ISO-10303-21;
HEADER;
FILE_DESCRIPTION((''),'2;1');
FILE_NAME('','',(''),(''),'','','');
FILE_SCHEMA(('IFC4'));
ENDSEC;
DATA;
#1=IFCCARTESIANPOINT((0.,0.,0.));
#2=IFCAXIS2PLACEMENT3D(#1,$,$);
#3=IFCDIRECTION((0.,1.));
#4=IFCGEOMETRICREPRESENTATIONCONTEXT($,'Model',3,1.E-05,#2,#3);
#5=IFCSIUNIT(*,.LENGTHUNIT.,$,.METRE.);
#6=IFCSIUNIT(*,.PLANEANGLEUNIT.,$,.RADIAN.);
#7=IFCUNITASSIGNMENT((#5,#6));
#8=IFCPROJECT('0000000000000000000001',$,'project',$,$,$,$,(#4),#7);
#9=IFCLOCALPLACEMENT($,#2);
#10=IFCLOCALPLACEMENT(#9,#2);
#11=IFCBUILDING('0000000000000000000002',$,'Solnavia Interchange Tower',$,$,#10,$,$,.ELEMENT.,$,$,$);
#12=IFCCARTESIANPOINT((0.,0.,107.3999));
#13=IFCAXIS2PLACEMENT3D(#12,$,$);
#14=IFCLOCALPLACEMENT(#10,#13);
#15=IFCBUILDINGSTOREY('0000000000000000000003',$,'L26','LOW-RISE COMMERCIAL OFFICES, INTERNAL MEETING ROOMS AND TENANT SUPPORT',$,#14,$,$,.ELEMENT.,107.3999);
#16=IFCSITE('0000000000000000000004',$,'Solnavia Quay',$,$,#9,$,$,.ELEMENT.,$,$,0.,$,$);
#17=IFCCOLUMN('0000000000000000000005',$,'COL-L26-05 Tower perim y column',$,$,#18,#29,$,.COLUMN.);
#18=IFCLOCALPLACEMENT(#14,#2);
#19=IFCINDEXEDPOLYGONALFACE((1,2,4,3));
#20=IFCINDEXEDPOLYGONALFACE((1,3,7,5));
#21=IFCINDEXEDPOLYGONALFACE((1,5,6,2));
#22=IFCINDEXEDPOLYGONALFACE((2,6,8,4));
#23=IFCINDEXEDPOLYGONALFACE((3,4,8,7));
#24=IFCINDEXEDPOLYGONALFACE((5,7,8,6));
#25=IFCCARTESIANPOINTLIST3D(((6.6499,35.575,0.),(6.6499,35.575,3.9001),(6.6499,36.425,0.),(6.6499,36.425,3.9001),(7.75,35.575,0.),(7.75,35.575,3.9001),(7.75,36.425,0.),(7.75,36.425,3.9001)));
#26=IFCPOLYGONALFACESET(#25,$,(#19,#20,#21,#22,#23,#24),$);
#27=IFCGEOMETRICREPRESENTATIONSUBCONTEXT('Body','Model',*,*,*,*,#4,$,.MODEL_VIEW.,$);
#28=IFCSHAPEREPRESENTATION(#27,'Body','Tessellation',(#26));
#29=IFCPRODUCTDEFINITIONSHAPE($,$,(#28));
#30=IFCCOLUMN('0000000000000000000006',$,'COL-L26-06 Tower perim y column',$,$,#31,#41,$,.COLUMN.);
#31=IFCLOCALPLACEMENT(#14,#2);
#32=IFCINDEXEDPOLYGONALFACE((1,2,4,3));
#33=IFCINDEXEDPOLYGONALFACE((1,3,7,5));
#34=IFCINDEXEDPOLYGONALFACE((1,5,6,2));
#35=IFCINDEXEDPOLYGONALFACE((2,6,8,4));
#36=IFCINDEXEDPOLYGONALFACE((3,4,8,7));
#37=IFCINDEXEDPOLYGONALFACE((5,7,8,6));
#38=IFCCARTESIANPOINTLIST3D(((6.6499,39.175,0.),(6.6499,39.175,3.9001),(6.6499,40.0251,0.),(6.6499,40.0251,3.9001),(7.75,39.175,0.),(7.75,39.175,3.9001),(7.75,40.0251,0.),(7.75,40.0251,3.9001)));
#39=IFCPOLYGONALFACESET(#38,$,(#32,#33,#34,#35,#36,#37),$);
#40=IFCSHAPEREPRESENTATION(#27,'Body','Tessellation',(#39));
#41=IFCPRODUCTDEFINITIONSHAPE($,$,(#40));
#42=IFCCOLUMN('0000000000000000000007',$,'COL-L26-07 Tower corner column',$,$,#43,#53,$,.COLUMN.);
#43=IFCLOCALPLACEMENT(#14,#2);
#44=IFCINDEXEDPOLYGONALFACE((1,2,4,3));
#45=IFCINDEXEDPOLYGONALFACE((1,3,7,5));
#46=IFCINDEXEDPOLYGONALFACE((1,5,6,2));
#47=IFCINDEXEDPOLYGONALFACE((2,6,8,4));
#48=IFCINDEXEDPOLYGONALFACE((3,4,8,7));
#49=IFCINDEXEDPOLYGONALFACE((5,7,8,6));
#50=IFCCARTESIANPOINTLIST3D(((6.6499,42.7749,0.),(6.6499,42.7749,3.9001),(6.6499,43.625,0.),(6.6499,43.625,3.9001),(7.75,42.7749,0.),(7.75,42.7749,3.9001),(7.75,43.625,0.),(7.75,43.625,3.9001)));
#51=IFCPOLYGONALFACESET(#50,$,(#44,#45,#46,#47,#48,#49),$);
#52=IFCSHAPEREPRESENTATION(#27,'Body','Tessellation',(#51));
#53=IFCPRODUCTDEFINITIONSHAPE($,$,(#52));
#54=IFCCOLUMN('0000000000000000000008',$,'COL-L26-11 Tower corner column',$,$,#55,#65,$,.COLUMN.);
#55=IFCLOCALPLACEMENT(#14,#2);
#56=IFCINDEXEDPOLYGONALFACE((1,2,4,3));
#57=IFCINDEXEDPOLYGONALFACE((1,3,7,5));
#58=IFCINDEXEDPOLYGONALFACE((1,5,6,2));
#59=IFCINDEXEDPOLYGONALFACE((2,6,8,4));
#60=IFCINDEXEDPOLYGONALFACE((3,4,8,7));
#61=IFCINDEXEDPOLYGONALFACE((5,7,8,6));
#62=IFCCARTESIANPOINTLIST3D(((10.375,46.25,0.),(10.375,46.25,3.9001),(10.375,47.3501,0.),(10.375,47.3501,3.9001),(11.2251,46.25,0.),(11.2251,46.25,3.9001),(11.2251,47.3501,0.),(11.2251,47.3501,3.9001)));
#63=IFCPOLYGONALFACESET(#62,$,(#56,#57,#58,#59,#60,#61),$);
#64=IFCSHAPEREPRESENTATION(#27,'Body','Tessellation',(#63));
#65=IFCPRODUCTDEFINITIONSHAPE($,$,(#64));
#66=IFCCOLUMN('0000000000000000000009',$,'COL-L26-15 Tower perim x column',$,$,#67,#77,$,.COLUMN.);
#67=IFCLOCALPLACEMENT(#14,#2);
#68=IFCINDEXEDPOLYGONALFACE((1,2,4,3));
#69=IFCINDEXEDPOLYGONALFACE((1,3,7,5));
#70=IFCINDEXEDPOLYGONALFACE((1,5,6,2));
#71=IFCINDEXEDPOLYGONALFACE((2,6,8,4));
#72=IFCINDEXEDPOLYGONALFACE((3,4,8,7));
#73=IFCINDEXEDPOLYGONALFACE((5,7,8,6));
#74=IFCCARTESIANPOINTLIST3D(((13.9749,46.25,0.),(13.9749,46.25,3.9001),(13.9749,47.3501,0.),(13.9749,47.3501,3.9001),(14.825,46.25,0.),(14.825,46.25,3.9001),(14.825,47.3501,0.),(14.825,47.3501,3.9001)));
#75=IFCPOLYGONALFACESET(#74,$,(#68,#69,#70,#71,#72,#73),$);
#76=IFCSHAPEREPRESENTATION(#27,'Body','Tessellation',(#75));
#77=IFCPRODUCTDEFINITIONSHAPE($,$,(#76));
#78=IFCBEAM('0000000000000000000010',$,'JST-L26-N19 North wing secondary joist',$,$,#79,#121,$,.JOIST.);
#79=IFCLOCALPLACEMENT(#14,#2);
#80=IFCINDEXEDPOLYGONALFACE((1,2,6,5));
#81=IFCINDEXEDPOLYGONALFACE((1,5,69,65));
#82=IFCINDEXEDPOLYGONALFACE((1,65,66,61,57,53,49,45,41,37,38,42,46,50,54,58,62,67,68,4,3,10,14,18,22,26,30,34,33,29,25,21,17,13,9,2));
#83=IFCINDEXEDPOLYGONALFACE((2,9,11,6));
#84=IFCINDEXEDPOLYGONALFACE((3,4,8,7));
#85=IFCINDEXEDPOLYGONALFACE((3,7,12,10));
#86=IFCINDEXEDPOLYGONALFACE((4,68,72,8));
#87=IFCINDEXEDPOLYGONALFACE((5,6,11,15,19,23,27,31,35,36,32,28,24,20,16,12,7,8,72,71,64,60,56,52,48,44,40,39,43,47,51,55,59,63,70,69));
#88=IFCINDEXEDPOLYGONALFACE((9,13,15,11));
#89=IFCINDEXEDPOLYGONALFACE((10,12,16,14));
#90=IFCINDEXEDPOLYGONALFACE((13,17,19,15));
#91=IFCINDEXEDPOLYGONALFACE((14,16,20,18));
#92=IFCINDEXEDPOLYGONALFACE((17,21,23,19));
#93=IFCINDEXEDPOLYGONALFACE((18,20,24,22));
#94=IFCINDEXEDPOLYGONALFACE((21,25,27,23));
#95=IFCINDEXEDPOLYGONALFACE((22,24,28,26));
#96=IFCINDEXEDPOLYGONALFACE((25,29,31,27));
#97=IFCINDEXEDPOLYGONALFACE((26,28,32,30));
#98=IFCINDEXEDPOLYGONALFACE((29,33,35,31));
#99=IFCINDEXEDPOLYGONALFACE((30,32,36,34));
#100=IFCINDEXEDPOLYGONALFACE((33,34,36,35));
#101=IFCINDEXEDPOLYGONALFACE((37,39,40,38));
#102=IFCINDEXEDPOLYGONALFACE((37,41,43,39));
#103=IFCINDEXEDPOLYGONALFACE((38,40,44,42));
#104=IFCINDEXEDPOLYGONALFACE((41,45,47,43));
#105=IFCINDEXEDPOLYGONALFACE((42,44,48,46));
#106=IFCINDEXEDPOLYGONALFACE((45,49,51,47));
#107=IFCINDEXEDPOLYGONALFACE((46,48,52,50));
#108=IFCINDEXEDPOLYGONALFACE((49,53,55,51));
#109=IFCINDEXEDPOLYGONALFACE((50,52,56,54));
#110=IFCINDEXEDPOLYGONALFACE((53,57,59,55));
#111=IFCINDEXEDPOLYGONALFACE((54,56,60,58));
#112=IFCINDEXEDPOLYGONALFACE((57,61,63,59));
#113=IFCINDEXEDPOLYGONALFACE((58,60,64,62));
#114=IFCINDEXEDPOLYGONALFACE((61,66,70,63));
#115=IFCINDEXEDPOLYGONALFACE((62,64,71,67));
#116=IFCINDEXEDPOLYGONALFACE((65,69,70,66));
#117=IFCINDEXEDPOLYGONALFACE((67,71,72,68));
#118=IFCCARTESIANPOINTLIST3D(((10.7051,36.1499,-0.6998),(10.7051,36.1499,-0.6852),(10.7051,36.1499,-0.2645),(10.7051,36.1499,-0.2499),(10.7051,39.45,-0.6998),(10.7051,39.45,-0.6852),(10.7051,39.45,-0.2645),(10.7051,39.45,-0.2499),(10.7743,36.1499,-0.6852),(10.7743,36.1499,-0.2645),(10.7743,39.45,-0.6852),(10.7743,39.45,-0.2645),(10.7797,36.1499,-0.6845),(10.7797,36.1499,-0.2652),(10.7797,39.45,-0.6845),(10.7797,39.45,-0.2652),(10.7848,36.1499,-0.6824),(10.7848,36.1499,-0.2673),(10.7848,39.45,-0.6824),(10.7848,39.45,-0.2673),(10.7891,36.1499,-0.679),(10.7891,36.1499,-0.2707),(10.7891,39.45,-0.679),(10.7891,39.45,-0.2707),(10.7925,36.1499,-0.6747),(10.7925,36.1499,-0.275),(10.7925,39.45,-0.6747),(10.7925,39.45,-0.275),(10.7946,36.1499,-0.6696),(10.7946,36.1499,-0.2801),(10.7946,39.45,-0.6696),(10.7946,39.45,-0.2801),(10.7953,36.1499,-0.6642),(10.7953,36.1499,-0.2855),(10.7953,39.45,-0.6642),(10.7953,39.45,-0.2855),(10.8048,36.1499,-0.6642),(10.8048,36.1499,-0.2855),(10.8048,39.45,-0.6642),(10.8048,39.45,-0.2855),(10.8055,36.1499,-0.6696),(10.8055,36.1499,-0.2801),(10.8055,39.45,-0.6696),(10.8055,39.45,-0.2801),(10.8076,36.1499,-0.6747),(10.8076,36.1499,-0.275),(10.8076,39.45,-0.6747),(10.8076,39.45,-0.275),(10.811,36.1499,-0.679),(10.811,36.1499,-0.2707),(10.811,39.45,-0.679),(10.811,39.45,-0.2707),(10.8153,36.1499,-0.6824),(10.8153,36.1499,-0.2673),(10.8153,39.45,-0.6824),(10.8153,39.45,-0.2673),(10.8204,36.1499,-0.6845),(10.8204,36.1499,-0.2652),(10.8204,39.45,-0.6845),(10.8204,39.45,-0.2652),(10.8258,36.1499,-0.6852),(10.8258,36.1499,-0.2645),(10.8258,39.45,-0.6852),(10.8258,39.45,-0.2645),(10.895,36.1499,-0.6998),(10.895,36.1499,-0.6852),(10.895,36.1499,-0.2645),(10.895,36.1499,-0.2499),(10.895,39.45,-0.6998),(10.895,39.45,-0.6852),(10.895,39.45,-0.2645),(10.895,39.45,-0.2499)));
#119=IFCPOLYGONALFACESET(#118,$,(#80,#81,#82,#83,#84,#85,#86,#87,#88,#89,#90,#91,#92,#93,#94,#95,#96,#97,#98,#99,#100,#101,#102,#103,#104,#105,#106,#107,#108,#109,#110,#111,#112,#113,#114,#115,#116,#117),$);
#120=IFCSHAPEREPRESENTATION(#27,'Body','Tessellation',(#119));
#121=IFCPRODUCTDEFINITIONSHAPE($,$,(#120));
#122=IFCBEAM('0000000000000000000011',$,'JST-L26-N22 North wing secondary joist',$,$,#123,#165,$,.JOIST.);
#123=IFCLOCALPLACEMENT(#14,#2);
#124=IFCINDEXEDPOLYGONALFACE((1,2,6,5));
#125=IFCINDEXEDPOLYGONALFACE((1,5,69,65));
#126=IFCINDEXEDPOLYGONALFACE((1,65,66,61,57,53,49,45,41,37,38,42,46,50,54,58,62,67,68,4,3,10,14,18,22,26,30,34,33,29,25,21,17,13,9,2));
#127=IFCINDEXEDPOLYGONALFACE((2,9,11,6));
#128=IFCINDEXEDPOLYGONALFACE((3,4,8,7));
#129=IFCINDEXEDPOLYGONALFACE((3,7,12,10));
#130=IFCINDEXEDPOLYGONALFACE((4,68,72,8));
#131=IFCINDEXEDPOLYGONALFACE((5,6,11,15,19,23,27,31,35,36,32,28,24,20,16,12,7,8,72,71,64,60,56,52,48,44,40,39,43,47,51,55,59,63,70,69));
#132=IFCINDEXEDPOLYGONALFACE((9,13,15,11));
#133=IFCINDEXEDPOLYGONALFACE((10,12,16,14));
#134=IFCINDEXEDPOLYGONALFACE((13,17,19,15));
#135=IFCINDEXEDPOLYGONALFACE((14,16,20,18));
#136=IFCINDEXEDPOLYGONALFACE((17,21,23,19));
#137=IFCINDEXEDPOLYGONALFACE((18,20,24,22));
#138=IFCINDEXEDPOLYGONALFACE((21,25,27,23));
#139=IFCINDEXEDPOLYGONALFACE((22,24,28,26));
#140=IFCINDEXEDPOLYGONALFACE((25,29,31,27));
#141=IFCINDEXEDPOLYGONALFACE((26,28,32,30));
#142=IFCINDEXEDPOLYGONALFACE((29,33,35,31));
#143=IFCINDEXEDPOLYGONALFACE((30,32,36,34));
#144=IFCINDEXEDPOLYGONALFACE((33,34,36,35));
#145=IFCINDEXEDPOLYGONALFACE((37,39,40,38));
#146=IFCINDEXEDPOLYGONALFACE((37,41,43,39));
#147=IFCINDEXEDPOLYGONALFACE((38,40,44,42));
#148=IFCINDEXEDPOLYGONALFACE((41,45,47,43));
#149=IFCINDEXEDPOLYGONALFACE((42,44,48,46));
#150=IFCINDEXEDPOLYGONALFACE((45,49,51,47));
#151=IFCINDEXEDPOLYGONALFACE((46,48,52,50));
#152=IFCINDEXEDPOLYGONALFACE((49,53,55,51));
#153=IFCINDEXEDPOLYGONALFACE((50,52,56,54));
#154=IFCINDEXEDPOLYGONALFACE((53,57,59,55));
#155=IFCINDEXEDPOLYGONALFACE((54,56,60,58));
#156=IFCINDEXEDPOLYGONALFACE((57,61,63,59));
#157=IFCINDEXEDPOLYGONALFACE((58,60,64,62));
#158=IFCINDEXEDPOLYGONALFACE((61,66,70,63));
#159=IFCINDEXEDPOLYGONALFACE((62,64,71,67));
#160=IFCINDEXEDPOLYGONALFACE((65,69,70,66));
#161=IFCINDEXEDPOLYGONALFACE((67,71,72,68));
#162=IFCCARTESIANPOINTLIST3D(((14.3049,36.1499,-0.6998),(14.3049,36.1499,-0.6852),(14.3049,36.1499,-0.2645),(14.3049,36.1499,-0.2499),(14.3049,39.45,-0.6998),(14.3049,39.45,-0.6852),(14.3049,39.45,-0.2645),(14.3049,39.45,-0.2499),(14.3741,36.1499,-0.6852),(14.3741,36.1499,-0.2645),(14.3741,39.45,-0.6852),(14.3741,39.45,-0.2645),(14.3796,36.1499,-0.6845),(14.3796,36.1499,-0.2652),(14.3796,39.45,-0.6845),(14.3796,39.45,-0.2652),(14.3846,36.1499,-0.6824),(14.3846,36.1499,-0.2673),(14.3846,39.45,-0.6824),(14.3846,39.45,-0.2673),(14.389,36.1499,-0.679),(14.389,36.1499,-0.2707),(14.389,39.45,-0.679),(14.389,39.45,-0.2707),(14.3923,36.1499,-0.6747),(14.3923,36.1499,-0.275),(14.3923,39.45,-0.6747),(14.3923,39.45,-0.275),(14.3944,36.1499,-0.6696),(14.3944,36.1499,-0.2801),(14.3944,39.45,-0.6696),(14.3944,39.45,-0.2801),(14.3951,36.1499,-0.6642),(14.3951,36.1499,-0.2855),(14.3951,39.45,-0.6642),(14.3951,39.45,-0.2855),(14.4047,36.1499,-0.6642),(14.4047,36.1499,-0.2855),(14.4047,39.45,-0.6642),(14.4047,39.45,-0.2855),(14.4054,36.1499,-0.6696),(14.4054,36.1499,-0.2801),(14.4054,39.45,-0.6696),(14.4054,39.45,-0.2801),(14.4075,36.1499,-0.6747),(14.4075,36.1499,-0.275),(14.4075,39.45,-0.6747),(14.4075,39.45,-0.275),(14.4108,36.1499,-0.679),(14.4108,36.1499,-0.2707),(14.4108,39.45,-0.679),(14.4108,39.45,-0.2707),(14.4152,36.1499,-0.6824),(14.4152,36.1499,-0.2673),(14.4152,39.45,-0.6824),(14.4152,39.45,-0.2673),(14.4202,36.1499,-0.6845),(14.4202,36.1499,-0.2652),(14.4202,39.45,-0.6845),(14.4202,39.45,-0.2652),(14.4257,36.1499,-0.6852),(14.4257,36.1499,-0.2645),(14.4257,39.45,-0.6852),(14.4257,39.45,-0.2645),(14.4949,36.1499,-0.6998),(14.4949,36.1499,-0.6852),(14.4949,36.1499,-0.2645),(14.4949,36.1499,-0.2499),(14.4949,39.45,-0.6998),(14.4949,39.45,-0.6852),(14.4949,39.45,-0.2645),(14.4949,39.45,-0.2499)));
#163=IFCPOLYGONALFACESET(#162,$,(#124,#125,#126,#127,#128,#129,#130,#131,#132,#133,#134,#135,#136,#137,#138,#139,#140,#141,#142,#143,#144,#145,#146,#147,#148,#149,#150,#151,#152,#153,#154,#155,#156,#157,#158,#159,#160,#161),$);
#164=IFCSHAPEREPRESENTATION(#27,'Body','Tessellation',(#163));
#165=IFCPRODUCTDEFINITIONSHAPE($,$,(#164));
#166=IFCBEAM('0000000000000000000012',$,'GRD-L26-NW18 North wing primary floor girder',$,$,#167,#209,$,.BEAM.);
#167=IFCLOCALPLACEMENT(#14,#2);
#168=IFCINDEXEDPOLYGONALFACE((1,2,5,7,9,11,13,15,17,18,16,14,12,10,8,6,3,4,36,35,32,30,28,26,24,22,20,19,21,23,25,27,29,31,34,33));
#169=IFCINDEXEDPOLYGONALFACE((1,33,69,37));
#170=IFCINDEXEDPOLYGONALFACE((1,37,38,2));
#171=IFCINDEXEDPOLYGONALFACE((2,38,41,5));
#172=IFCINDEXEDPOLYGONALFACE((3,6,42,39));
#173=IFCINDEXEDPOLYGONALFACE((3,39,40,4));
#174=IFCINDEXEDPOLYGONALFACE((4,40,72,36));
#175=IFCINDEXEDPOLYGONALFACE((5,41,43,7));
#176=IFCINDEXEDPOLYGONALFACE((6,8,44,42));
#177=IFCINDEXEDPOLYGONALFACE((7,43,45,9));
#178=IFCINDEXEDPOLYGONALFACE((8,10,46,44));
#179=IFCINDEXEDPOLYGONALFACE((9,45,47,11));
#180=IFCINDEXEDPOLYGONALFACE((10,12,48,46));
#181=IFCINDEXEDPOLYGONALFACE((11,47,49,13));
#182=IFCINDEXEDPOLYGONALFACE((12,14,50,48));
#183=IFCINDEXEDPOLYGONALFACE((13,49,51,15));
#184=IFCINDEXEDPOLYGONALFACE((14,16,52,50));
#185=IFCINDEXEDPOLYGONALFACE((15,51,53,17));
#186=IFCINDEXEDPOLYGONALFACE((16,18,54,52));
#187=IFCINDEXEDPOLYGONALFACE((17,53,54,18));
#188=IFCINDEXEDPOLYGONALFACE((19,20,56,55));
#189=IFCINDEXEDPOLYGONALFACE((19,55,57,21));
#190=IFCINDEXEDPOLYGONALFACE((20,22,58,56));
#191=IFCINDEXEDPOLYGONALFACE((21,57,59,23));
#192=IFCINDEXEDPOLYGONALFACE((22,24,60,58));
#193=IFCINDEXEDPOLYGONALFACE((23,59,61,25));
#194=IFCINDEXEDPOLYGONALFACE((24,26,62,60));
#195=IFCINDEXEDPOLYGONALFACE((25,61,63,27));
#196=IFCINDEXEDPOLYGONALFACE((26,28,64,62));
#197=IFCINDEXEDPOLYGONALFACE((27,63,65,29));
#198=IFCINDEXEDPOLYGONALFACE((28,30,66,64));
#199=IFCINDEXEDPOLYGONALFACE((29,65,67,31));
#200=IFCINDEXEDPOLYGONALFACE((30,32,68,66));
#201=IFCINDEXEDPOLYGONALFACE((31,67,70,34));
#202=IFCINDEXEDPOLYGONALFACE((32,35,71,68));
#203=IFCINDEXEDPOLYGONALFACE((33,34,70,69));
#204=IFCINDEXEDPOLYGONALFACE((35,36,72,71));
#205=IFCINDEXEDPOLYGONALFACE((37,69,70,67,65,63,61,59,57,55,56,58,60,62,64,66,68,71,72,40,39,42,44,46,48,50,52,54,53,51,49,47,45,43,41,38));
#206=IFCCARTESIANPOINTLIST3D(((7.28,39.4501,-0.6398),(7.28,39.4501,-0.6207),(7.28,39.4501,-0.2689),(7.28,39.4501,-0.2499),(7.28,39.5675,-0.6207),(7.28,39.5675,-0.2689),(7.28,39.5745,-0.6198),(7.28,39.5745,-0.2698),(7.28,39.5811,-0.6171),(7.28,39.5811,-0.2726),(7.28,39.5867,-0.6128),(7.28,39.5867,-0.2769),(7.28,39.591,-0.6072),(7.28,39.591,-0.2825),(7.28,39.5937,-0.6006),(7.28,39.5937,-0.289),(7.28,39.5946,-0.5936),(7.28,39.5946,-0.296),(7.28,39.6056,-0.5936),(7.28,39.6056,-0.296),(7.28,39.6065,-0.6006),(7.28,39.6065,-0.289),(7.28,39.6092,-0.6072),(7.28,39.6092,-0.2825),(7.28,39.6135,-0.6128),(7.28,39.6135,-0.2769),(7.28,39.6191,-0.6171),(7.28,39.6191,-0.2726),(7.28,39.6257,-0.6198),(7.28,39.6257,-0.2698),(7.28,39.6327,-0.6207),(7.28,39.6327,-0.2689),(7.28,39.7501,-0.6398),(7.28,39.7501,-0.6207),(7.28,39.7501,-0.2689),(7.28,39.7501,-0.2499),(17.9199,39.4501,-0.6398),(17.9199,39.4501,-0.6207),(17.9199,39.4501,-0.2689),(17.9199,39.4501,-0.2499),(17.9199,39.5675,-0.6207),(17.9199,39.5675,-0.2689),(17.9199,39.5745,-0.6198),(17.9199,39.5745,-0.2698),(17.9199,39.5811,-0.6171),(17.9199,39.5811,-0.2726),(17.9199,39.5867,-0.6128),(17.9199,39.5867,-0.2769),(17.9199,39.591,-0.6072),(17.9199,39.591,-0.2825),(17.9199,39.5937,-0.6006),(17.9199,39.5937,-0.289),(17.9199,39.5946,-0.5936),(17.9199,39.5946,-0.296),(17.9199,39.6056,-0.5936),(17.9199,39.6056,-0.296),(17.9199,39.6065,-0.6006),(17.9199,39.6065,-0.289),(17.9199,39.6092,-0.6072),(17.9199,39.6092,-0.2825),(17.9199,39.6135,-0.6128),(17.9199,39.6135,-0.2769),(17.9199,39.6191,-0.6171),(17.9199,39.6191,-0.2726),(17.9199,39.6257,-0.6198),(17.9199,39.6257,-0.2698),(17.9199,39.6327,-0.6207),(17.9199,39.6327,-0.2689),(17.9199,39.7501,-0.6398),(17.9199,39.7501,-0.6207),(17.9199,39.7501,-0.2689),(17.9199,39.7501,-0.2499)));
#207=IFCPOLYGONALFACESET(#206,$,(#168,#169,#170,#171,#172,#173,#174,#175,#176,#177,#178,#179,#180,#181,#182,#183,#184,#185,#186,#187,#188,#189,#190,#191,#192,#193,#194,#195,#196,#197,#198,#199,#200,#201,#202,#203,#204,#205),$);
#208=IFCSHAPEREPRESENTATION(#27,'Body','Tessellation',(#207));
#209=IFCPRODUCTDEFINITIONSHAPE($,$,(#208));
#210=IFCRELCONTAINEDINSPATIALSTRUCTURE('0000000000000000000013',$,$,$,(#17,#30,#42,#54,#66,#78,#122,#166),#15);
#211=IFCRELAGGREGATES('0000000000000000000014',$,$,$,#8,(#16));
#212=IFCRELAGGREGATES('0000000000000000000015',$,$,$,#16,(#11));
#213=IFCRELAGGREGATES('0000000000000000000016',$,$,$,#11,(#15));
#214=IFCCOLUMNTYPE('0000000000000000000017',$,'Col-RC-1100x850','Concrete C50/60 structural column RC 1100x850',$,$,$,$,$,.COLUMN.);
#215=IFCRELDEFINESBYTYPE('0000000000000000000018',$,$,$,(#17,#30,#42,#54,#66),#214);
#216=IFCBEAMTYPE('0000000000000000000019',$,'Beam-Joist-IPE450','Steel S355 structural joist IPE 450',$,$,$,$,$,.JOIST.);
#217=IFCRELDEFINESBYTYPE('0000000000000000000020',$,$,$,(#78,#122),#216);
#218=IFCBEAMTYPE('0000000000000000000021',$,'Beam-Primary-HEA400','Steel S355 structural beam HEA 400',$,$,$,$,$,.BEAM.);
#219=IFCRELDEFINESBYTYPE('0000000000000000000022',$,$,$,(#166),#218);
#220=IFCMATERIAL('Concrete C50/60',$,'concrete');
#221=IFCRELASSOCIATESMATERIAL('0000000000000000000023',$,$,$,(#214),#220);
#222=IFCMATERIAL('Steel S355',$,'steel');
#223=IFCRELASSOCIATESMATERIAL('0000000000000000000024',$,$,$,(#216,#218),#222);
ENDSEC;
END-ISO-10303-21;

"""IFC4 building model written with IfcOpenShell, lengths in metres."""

from ifc_helpers import new_model, si_unit, direction, frame, origin, origin_2d, place, context, subcontext, project, spatial, rectangle, i_section, extrude, material, material_profile, profile_set, type_object, element, save


model = new_model("IFC4")

# Units and contexts
model_context = context("Model", 3, precision=1e-05, world=origin(), true_north=direction((0.0, 1.0)))
body_context = subcontext(model_context, "Body", "Model", "MODEL_VIEW")
ifc_project = project(units=[si_unit("LENGTHUNIT", "METRE"), si_unit("PLANEANGLEUNIT", "RADIAN")], contexts=[model_context])

# Site, building, storey
site_placement = place(None, origin())
site = spatial("IfcSite", under=ifc_project, at=site_placement, Name="Solnavia Quay", CompositionType="ELEMENT", RefElevation=0.0)
building_placement = place(site_placement, origin())
building = spatial("IfcBuilding", under=site, at=building_placement, Name="Solnavia Interchange Tower", CompositionType="ELEMENT")
storey_placement = place(building_placement, frame((0.0, 0.0, 107.3999)))
storey = spatial("IfcBuildingStorey", under=building, at=storey_placement, Name="L26", Description="LOW-RISE COMMERCIAL OFFICES, INTERNAL MEETING ROOMS AND TENANT SUPPORT", CompositionType="ELEMENT", Elevation=107.3999)

# Columns
ifc_material_1 = material(Name="Concrete C50/60", Category="concrete")
ifc_material_profile_1 = material_profile(ifc_material_1, rectangle(XDim=0.8501, YDim=1.1001, at=origin_2d()), Name="RC 1100x850")
ifc_profile_set_1 = profile_set([ifc_material_profile_1], Name="Concrete C50/60")
column_type = type_object("IfcColumnType", Name="Col-RC-1100x850", Description="Concrete C50/60 structural column RC 1100x850", PredefinedType="COLUMN", material=ifc_profile_set_1)
for number, where, z_axis, x_axis, name in (
    (1, (7.2, 36.0, 0.0), (0.0, 0.0, 1.0), (0.0, 1.0, 0.0), "COL-L26-05 Tower perim y column"),
    (2, (7.2, 39.6001, 0.0), (0.0, 0.0, 1.0), (0.0, 1.0, 0.0), "COL-L26-06 Tower perim y column"),
    (3, (7.2, 43.2, 0.0), (0.0, 0.0, 1.0), (0.0, 1.0, 0.0), "COL-L26-07 Tower corner column"),
    (4, (10.8, 46.8, 0.0), (0.0, 0.0, 1.0), (1.0, 0.0, 0.0), "COL-L26-11 Tower corner column"),
    (5, (14.3999, 46.8, 0.0), (0.0, 0.0, 1.0), (1.0, 0.0, 0.0), "COL-L26-15 Tower perim x column"),
):
    element("IfcColumn", number, at=place(storey_placement, frame(where, z_axis=z_axis, x_axis=x_axis)), inside=storey, type_object=column_type, Name=name, PredefinedType="COLUMN", context=body_context, shape_type="SweptSolid", body=[
        extrude(rectangle(XDim=0.8501, YDim=1.1001, at=origin_2d()), origin(), (0.0, 0.0, 1.0), 3.9001),
    ])

# Beams
ifc_material_2 = material(Name="Steel S355", Category="steel")
ifc_material_profile_2 = material_profile(ifc_material_2, i_section(OverallWidth=0.1899, OverallDepth=0.45, WebThickness=0.0095, FlangeThickness=0.0146, FilletRadius=0.021, at=origin_2d()), Name="IPE 450")
ifc_profile_set_2 = profile_set([ifc_material_profile_2], Name="Steel S355")
beam_type_1 = type_object("IfcBeamType", Name="Beam-Joist-IPE450", Description="Steel S355 structural joist IPE 450", PredefinedType="JOIST", material=ifc_profile_set_2)
for number, where, z_axis, x_axis, name in (
    (6, (10.8, 36.1499, -0.4749), (0.0, 1.0, 0.0), (-1.0, 0.0, 0.0), "JST-L26-N19 North wing secondary joist"),
    (7, (14.3999, 36.1499, -0.4749), (0.0, 1.0, 0.0), (-1.0, 0.0, 0.0), "JST-L26-N22 North wing secondary joist"),
):
    element("IfcBeam", number, at=place(storey_placement, frame(where, z_axis=z_axis, x_axis=x_axis)), inside=storey, type_object=beam_type_1, Name=name, PredefinedType="JOIST", context=body_context, shape_type="SweptSolid", body=[
        extrude(i_section(OverallWidth=0.1899, OverallDepth=0.45, WebThickness=0.0095, FlangeThickness=0.0146, FilletRadius=0.021, at=origin_2d()), origin(), (0.0, 0.0, 1.0), 3.3),
    ])
ifc_material_profile_3 = material_profile(ifc_material_2, i_section(OverallWidth=0.3, OverallDepth=0.3899, WebThickness=0.011, FlangeThickness=0.019, FilletRadius=0.0271, at=origin_2d()), Name="HEA 400")
ifc_profile_set_3 = profile_set([ifc_material_profile_3], Name="Steel S355")
beam_type_2 = type_object("IfcBeamType", Name="Beam-Primary-HEA400", Description="Steel S355 structural beam HEA 400", PredefinedType="BEAM", material=ifc_profile_set_3)
beam_1_placement = place(storey_placement, frame((7.28, 39.6001, -0.4448), z_axis=(1.0, 0.0, 0.0), x_axis=(0.0, 1.0, 0.0)))
element("IfcBeam", 8, at=beam_1_placement, inside=storey, type_object=beam_type_2, Name="GRD-L26-NW18 North wing primary floor girder", PredefinedType="BEAM", context=body_context, shape_type="SweptSolid", body=[
    extrude(i_section(OverallWidth=0.3, OverallDepth=0.3899, WebThickness=0.011, FlangeThickness=0.019, FilletRadius=0.0271, at=origin_2d()), origin(), (0.0, 0.0, 1.0), 10.6399),
])

save(model, "model.ifc")
